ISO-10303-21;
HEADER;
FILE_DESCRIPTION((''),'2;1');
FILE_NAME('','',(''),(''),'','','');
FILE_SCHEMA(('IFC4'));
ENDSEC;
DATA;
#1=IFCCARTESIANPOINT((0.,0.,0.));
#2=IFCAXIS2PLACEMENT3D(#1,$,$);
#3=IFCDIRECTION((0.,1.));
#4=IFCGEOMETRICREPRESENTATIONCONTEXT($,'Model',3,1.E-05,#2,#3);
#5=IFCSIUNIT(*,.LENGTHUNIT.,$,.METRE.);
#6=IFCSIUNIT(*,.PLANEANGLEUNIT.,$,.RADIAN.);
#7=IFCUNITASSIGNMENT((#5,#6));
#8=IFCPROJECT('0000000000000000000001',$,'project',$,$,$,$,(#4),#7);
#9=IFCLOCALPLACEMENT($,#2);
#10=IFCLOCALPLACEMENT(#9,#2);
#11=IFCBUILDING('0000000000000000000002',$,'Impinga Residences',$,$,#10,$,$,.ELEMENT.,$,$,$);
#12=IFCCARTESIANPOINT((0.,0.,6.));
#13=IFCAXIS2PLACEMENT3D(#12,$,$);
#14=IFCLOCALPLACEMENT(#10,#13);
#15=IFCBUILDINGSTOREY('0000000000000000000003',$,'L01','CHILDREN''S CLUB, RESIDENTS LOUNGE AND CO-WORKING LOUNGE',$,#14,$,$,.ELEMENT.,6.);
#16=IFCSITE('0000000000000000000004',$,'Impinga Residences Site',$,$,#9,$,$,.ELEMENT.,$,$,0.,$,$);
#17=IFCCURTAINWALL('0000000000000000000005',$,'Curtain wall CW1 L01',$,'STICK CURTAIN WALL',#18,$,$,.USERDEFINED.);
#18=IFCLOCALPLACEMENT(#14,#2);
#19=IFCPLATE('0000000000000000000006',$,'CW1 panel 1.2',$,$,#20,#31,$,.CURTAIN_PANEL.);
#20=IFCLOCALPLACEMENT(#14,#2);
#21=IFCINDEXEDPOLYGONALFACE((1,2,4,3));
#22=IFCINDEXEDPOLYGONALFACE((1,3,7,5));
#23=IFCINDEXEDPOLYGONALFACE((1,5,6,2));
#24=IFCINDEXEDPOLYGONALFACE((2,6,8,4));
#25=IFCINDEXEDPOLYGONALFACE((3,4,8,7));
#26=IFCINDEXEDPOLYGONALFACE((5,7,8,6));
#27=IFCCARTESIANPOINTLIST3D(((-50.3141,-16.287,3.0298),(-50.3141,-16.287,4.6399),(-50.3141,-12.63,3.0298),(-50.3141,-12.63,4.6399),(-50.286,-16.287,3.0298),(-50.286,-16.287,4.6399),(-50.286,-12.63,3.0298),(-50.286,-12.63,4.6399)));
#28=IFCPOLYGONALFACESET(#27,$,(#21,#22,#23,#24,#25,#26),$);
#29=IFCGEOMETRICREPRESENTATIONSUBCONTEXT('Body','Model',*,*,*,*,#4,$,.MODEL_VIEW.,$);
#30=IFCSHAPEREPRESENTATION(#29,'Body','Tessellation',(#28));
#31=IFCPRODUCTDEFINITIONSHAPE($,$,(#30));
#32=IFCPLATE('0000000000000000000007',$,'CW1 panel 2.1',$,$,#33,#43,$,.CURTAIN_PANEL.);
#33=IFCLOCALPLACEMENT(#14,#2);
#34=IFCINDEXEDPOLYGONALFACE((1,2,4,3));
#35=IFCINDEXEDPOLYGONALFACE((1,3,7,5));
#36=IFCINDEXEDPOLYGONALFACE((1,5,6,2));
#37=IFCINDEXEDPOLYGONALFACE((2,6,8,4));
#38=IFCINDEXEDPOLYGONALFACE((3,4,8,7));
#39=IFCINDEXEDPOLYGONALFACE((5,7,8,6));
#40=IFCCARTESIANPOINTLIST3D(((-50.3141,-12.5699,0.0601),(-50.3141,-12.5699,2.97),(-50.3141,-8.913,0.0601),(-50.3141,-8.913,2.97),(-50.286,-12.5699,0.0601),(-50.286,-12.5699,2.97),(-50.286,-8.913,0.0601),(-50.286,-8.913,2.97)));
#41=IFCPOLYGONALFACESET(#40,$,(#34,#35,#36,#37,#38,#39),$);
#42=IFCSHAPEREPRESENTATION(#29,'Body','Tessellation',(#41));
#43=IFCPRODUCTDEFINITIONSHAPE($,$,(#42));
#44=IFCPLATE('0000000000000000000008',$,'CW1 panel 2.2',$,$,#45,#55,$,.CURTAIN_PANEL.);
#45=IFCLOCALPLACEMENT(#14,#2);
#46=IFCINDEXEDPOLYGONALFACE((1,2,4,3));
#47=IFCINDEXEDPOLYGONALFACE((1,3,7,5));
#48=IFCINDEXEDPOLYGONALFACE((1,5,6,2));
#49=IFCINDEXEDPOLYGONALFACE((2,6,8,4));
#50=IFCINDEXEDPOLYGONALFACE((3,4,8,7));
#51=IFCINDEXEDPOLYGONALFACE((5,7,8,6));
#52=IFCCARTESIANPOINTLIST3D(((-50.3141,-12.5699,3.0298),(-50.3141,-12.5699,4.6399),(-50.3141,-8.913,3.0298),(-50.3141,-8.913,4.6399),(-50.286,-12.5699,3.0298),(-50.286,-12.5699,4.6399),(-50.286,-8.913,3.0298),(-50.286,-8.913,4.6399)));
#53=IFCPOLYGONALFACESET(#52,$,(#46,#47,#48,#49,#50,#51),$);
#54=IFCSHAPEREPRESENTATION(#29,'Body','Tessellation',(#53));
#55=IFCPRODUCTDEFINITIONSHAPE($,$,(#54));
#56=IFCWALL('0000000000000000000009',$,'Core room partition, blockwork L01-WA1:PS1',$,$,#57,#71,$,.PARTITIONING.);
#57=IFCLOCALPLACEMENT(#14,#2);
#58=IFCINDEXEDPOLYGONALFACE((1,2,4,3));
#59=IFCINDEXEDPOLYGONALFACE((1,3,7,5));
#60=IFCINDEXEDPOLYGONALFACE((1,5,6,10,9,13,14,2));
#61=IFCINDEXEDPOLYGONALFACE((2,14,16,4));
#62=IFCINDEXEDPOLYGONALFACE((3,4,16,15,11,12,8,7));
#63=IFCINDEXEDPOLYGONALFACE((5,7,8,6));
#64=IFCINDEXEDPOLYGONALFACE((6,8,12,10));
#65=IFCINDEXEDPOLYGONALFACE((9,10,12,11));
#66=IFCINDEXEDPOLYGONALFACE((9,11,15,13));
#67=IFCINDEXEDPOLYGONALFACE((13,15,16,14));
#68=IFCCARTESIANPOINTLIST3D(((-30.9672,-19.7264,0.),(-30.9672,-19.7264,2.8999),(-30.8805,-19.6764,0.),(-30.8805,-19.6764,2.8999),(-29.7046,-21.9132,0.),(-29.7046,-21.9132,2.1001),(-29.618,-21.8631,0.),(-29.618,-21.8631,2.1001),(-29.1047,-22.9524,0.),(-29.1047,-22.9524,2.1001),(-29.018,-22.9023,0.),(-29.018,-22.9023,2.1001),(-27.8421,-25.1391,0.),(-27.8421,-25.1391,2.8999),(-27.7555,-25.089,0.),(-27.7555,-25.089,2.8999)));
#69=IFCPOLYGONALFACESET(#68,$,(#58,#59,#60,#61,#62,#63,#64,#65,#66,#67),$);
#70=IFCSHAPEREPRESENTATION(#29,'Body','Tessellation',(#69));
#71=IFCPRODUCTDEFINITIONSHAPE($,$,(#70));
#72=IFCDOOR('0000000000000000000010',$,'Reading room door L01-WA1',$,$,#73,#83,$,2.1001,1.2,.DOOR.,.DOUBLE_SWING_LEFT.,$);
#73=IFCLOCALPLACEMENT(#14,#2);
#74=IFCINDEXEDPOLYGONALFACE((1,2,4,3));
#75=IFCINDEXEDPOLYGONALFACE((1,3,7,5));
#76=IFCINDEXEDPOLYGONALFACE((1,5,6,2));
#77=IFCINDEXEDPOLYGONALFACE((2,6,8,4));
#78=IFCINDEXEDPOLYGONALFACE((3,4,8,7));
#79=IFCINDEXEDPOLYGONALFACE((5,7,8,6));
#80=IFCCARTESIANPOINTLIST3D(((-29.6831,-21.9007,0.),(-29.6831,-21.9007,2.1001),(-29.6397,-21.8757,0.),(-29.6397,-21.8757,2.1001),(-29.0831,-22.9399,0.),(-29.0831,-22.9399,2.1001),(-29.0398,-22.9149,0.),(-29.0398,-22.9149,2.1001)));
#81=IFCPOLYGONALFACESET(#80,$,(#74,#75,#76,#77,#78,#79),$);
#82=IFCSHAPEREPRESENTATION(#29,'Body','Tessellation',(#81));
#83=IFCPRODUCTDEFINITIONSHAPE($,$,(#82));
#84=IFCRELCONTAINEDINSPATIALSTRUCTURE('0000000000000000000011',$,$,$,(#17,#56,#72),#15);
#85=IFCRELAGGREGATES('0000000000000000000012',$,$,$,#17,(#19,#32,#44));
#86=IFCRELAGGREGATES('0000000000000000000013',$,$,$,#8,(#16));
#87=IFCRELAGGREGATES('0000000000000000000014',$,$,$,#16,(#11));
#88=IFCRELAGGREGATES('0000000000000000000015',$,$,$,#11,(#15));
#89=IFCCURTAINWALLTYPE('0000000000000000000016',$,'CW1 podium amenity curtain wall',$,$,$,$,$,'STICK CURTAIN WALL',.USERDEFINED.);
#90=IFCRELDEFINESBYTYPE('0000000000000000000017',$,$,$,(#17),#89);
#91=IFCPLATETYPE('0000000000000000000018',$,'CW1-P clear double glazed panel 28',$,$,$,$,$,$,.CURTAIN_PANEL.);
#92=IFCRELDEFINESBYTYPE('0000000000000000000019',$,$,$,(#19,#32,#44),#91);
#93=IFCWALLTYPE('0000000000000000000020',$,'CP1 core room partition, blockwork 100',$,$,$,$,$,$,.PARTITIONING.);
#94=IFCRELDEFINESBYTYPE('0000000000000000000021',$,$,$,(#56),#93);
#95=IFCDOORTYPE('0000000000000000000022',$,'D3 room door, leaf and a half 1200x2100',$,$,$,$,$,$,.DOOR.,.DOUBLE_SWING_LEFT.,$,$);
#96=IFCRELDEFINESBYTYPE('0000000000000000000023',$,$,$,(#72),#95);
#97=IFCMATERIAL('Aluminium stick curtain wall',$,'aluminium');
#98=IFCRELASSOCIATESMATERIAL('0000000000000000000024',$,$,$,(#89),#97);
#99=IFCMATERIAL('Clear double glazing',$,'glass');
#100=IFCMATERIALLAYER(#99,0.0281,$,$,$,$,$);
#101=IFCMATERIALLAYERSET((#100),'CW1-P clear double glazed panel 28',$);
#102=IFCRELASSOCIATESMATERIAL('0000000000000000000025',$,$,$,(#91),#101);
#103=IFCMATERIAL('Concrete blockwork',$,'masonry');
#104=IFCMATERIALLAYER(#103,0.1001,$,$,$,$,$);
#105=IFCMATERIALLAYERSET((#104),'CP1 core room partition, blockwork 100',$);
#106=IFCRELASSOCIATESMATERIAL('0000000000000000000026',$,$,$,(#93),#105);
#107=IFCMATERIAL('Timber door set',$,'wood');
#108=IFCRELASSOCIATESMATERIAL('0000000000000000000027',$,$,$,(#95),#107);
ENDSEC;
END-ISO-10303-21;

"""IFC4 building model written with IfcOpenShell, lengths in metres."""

from ifc_helpers import new_model, si_unit, direction, frame, frame_2d, origin, origin_2d, place, context, subcontext, project, spatial, rectangle, extrude, material, layer, layer_set, type_object, element, fill, aggregate, save


model = new_model("IFC4")

# Units and contexts
model_context = context("Model", 3, precision=1e-05, world=origin(), true_north=direction((0.0, 1.0)))
body_context = subcontext(model_context, "Body", "Model", "MODEL_VIEW")
ifc_project = project(units=[si_unit("LENGTHUNIT", "METRE"), si_unit("PLANEANGLEUNIT", "RADIAN")], contexts=[model_context])

# Site, building, storey
site_placement = place(None, origin())
site = spatial("IfcSite", under=ifc_project, at=site_placement, Name="Impinga Residences Site", CompositionType="ELEMENT", RefElevation=0.0)
building_placement = place(site_placement, origin())
building = spatial("IfcBuilding", under=site, at=building_placement, Name="Impinga Residences", CompositionType="ELEMENT")
storey_placement = place(building_placement, frame((0.0, 0.0, 6.0)))
storey = spatial("IfcBuildingStorey", under=building, at=storey_placement, Name="L01", Description="CHILDREN'S CLUB, RESIDENTS LOUNGE AND CO-WORKING LOUNGE", CompositionType="ELEMENT", Elevation=6.0)

# Shared definitions
ifc_material_1 = material(Name="Aluminium stick curtain wall", Category="aluminium")
curtain_wall_type = type_object("IfcCurtainWallType", Name="CW1 podium amenity curtain wall", ElementType="STICK CURTAIN WALL", PredefinedType="USERDEFINED", material=ifc_material_1)

# Curtain wall
curtain_wall_1_placement = place(storey_placement, origin())
curtain_wall_1 = element("IfcCurtainWall", 1, at=curtain_wall_1_placement, inside=storey, type_object=curtain_wall_type, Name="Curtain wall CW1 L01", ObjectType="STICK CURTAIN WALL", PredefinedType="USERDEFINED")

# Plates
ifc_material_2 = material(Name="Clear double glazing", Category="glass")
ifc_layer_1 = layer(ifc_material_2, 0.0281)
ifc_layer_set_1 = layer_set([ifc_layer_1], Name="CW1-P clear double glazed panel 28")
plate_type = type_object("IfcPlateType", Name="CW1-P clear double glazed panel 28", PredefinedType="CURTAIN_PANEL", material=ifc_layer_set_1)
plate_1_placement = place(storey_placement, frame((-50.3, -14.4585, 3.0298), z_axis=(0.0, 0.0, 1.0), x_axis=(0.0, 1.0, 0.0)))
plate_1 = element("IfcPlate", 2, at=plate_1_placement, type_object=plate_type, Name="CW1 panel 1.2", PredefinedType="CURTAIN_PANEL", context=body_context, shape_type="SweptSolid", body=[
    extrude(rectangle(XDim=3.657, YDim=0.0281, at=origin_2d()), origin(), (0.0, 0.0, 1.0), 1.6101),
])
plate_2_placement = place(storey_placement, frame((-50.3, -10.7415, 0.0601), z_axis=(0.0, 0.0, 1.0), x_axis=(0.0, 1.0, 0.0)))
plate_2 = element("IfcPlate", 3, at=plate_2_placement, type_object=plate_type, Name="CW1 panel 2.1", PredefinedType="CURTAIN_PANEL", context=body_context, shape_type="SweptSolid", body=[
    extrude(rectangle(XDim=3.657, YDim=0.0281, at=origin_2d()), origin(), (0.0, 0.0, 1.0), 2.9099),
])
plate_3_placement = place(storey_placement, frame((-50.3, -10.7415, 3.0298), z_axis=(0.0, 0.0, 1.0), x_axis=(0.0, 1.0, 0.0)))
plate_3 = element("IfcPlate", 4, at=plate_3_placement, type_object=plate_type, Name="CW1 panel 2.2", PredefinedType="CURTAIN_PANEL", context=body_context, shape_type="SweptSolid", body=[
    extrude(rectangle(XDim=3.657, YDim=0.0281, at=origin_2d()), origin(), (0.0, 0.0, 1.0), 1.6101),
])
aggregate(curtain_wall_1, [plate_1, plate_2, plate_3])

# Wall, opening, door
ifc_material_3 = material(Name="Concrete blockwork", Category="masonry")
ifc_layer_2 = layer(ifc_material_3, 0.1001)
ifc_layer_set_2 = layer_set([ifc_layer_2], Name="CP1 core room partition, blockwork 100")
wall_type = type_object("IfcWallType", Name="CP1 core room partition, blockwork 100", PredefinedType="PARTITIONING", material=ifc_layer_set_2)
wall_placement = place(storey_placement, frame((-30.9238, -19.7014, 0.0), z_axis=(0.0, 0.0, 1.0), x_axis=(0.500004, -0.866023, 0.0)))
wall = element("IfcWall", 5, at=wall_placement, inside=storey, type_object=wall_type, Name="Core room partition, blockwork L01-WA1:PS1", PredefinedType="PARTITIONING", context=body_context, shape_type="SweptSolid", body=[
    extrude(rectangle(XDim=6.25, YDim=0.1001, at=frame_2d((3.125, 0.0))), origin(), (0.0, 0.0, 1.0), 2.8999),
])
opening_placement = place(wall_placement, frame((2.5249, 0.0, 0.0)))
opening = element("IfcOpeningElement", 6, at=opening_placement, cuts=wall, PredefinedType="OPENING", context=body_context, shape_type="SweptSolid", body=[
    extrude(rectangle(XDim=1.2, YDim=2.1001, at=frame_2d((0.6001, 1.05))), frame((0.0, 0.0601, 0.0), z_axis=(0.0, -1.0, 0.0), x_axis=(1.0, 0.0, 0.0)), (0.0, 0.0, 1.0), 0.1201),
])
ifc_material_4 = material(Name="Timber door set", Category="wood")
door_type = type_object("IfcDoorType", Name="D3 room door, leaf and a half 1200x2100", OperationType="DOUBLE_SWING_LEFT", PredefinedType="DOOR", material=ifc_material_4)
door_placement = place(opening_placement, origin())
door = element("IfcDoor", 7, at=door_placement, inside=storey, type_object=door_type, Name="Reading room door L01-WA1", OperationType="DOUBLE_SWING_LEFT", OverallHeight=2.1001, OverallWidth=1.2, PredefinedType="DOOR", context=body_context, shape_type="SweptSolid", body=[
    extrude(rectangle(XDim=1.2, YDim=2.1001, at=frame_2d((0.6001, 1.05))), frame((0.0, 0.0249, 0.0), z_axis=(0.0, -1.0, 0.0), x_axis=(1.0, 0.0, 0.0)), (0.0, 0.0, 1.0), 0.05),
])
fill(opening, door)

save(model, "model.ifc")
